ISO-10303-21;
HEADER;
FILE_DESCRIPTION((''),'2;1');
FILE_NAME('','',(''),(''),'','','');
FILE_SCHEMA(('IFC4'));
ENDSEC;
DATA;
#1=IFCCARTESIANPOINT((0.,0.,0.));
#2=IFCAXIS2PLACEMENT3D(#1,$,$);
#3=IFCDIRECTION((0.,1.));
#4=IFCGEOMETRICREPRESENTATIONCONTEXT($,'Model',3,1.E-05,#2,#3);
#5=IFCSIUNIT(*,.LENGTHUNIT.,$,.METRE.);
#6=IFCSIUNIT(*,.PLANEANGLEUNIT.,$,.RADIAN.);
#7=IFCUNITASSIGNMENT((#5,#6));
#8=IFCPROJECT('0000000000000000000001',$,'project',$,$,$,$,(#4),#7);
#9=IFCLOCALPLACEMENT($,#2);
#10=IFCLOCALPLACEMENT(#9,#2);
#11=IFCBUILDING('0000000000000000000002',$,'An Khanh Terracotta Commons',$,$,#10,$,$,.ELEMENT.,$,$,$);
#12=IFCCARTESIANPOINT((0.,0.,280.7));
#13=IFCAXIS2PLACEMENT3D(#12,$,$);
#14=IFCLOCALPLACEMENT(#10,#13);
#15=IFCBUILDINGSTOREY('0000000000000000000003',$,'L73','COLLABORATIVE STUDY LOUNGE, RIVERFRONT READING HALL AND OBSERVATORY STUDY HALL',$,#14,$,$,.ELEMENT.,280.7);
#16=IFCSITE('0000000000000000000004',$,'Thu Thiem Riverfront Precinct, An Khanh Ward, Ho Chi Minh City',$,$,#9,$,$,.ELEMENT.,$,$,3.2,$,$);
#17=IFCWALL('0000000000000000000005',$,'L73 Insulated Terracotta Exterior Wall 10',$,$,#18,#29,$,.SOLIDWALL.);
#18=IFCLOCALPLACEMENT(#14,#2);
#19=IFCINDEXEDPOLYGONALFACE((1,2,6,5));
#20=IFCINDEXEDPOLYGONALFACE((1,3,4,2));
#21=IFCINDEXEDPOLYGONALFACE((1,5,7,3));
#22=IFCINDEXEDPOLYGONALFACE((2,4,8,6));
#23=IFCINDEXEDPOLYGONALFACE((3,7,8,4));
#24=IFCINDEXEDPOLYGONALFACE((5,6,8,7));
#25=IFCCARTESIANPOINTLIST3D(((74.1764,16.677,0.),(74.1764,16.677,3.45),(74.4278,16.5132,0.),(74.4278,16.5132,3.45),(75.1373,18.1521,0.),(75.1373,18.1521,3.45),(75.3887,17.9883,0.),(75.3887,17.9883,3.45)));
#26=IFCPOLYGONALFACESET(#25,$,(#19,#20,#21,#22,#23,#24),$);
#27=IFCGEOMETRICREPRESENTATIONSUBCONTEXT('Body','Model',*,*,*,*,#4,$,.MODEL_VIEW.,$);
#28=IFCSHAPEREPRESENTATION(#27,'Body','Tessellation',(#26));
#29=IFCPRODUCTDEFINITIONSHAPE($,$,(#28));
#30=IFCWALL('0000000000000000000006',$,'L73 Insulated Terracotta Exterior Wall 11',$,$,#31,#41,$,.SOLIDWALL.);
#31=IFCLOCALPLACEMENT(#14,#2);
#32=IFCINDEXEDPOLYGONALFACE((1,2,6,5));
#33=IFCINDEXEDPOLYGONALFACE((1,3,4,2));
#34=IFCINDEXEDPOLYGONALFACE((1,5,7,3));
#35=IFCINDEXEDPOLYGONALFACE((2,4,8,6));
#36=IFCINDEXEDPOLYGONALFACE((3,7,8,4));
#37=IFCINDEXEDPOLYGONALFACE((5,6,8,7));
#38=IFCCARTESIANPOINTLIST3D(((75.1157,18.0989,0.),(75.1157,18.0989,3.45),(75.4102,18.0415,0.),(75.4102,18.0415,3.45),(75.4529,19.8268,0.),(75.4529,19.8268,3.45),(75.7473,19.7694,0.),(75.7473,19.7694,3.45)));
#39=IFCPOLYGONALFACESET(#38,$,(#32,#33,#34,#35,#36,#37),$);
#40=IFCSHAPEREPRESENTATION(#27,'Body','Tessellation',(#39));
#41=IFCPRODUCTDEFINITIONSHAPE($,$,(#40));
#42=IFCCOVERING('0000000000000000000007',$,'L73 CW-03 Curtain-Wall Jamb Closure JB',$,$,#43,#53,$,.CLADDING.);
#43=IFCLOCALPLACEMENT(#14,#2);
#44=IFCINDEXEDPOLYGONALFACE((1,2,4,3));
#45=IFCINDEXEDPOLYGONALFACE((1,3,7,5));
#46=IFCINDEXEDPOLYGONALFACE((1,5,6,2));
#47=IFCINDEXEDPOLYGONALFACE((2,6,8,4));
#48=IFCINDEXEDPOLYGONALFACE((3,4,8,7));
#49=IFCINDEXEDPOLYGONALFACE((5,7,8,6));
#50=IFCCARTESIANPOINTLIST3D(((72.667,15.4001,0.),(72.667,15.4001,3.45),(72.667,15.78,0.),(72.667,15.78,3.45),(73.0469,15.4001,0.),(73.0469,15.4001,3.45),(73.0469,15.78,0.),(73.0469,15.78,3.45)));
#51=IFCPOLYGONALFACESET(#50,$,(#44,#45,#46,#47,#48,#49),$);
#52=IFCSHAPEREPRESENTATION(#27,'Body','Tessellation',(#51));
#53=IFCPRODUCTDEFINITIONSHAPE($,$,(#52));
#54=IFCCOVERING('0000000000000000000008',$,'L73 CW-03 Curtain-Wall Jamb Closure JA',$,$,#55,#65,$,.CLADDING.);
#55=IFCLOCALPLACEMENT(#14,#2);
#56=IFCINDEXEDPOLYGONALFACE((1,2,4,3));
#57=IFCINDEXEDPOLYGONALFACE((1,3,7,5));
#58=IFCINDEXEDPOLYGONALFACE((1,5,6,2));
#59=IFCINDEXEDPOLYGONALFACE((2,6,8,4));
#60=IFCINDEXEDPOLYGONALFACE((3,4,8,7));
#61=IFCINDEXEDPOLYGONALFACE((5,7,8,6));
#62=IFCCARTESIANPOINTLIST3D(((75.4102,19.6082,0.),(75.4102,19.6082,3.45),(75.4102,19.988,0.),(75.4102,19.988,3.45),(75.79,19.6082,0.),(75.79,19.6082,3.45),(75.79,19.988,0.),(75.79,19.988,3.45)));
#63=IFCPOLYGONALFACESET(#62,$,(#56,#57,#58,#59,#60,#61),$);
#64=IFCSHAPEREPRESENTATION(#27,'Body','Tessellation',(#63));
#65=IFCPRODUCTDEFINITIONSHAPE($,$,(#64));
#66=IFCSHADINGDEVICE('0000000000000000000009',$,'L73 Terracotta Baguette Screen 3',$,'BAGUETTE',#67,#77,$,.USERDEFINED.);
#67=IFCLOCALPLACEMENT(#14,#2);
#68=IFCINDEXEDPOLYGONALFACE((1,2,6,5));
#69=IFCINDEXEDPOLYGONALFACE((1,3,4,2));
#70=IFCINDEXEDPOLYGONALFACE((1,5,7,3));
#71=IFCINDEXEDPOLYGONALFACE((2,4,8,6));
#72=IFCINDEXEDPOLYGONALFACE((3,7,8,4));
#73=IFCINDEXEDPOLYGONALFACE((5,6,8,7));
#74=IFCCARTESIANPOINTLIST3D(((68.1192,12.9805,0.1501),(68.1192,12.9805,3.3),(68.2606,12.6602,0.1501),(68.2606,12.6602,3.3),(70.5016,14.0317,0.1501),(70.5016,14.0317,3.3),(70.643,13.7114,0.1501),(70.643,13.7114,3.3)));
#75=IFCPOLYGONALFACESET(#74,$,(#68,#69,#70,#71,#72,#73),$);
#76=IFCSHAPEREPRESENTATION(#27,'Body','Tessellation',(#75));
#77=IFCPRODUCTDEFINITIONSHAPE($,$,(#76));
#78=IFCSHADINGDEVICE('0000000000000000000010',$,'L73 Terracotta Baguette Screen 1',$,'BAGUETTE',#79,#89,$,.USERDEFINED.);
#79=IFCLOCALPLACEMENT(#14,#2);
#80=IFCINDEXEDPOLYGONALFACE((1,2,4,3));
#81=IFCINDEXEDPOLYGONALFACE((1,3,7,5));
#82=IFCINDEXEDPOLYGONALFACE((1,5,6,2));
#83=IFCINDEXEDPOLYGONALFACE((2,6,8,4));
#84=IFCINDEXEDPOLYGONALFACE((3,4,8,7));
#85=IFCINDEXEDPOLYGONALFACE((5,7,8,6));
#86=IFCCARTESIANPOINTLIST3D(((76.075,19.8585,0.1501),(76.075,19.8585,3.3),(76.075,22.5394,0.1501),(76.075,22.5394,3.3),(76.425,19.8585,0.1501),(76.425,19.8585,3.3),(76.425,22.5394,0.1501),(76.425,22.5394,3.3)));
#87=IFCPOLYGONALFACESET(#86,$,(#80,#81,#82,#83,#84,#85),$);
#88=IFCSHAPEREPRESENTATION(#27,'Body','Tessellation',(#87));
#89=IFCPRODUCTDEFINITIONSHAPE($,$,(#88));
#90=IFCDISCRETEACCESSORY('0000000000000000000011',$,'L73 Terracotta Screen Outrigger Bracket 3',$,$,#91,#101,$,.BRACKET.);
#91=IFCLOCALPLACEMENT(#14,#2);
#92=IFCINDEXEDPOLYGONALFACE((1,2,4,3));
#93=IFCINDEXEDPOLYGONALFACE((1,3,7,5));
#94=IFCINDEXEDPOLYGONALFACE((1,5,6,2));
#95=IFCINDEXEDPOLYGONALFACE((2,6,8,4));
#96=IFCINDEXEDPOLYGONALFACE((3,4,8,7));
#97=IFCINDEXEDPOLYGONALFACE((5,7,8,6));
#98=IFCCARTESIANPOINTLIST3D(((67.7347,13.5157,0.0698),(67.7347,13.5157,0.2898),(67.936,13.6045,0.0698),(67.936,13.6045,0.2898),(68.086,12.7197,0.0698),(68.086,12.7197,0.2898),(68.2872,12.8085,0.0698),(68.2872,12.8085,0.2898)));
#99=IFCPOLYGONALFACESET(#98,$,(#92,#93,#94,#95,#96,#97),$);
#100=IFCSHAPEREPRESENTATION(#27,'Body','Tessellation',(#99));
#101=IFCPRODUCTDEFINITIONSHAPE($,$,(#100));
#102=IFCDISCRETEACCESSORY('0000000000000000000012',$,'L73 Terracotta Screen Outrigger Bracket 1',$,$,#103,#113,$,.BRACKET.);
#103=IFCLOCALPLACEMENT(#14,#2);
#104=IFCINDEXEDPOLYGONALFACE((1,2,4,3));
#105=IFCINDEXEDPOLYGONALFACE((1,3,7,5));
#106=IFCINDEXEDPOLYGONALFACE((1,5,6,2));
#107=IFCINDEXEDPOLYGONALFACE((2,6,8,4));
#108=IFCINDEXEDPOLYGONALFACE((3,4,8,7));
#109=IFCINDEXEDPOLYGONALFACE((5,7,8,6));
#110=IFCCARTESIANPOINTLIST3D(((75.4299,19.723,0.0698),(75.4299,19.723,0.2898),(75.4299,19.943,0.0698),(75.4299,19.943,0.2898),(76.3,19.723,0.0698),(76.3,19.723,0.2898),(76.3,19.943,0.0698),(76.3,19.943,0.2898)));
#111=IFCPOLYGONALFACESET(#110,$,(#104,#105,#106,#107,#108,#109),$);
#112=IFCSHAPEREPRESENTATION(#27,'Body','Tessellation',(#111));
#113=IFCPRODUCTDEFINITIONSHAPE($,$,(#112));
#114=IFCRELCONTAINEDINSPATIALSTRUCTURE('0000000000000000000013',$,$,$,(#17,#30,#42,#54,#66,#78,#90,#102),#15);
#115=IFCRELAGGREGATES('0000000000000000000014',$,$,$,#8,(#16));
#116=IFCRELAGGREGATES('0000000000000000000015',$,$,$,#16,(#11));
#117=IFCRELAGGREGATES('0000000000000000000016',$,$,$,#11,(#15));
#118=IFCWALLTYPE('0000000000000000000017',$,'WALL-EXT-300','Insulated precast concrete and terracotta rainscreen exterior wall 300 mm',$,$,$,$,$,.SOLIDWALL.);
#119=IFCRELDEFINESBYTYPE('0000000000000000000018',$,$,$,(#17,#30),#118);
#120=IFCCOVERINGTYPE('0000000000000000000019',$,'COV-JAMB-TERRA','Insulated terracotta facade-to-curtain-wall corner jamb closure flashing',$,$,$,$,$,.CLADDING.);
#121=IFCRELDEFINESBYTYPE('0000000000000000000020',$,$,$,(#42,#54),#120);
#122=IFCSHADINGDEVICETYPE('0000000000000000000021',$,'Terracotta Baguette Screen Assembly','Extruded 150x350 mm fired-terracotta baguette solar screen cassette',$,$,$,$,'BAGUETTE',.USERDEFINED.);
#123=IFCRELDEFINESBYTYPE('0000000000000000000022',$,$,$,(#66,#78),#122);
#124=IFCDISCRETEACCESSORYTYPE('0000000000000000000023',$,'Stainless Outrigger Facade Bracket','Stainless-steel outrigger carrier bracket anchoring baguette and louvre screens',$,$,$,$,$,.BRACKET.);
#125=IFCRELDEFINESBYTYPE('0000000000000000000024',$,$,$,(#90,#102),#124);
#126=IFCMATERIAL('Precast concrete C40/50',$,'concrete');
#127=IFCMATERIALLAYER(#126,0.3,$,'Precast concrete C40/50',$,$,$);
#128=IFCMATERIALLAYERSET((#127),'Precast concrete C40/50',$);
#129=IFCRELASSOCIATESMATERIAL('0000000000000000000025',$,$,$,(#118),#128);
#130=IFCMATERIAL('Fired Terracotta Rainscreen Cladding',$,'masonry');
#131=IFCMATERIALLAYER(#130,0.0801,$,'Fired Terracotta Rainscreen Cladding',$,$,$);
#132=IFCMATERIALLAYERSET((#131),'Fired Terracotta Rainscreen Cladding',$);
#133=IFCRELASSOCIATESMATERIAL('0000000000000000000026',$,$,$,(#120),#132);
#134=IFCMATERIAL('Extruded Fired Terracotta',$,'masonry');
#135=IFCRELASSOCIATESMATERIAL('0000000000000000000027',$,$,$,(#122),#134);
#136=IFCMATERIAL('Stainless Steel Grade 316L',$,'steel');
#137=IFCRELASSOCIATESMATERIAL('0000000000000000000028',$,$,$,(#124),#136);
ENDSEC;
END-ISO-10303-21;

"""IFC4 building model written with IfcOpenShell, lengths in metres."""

from ifc_helpers import new_model, si_unit, direction, frame, frame_2d, origin, origin_2d, place, context, subcontext, project, spatial, rectangle, extrude, material, layer, layer_set, type_object, element, save


model = new_model("IFC4")

# Units and contexts
model_context = context("Model", 3, precision=1e-05, world=origin(), true_north=direction((0.0, 1.0)))
body_context = subcontext(model_context, "Body", "Model", "MODEL_VIEW")
ifc_project = project(units=[si_unit("LENGTHUNIT", "METRE"), si_unit("PLANEANGLEUNIT", "RADIAN")], contexts=[model_context])

# Site, building, storey
site_placement = place(None, origin())
site = spatial("IfcSite", under=ifc_project, at=site_placement, Name="Thu Thiem Riverfront Precinct, An Khanh Ward, Ho Chi Minh City", CompositionType="ELEMENT", RefElevation=3.2)
building_placement = place(site_placement, origin())
building = spatial("IfcBuilding", under=site, at=building_placement, Name="An Khanh Terracotta Commons", CompositionType="ELEMENT")
storey_placement = place(building_placement, frame((0.0, 0.0, 280.7)))
storey = spatial("IfcBuildingStorey", under=building, at=storey_placement, Name="L73", Description="COLLABORATIVE STUDY LOUNGE, RIVERFRONT READING HALL AND OBSERVATORY STUDY HALL", CompositionType="ELEMENT", Elevation=280.7)

# Walls
ifc_material_1 = material(Name="Precast concrete C40/50", Category="concrete")
ifc_layer_1 = layer(ifc_material_1, 0.3, Name="Precast concrete C40/50")
ifc_layer_set_1 = layer_set([ifc_layer_1], Name="Precast concrete C40/50")
wall_type_1 = type_object("IfcWallType", Name="WALL-EXT-300", Description="Insulated precast concrete and terracotta rainscreen exterior wall 300 mm", PredefinedType="SOLIDWALL", material=ifc_layer_set_1)
for number, where, z_axis, x_axis, name in (
    (1, (74.302, 16.595, 0.0), (0.0, 0.0, 1.0), (0.545836, 0.837892, 0.0), "L73 Insulated Terracotta Exterior Wall 10"),
    (2, (75.2629, 18.0701, 0.0), (0.0, 0.0, 1.0), (0.191501, 0.981492, 0.0), "L73 Insulated Terracotta Exterior Wall 11"),
):
    element("IfcWall", number, at=place(storey_placement, frame(where, z_axis=z_axis, x_axis=x_axis)), inside=storey, type_object=wall_type_1, Name=name, PredefinedType="SOLIDWALL", context=body_context, shape_type="SweptSolid", body=[
        extrude(rectangle(XDim=1.7605, YDim=0.3, at=frame_2d((0.8804, 0.0))), origin(), (0.0, 0.0, 1.0), 3.45),
    ])

# Coverings
ifc_material_2 = material(Name="Fired Terracotta Rainscreen Cladding", Category="masonry")
ifc_layer_2 = layer(ifc_material_2, 0.0801, Name="Fired Terracotta Rainscreen Cladding")
ifc_layer_set_2 = layer_set([ifc_layer_2], Name="Fired Terracotta Rainscreen Cladding")
covering_type = type_object("IfcCoveringType", Name="COV-JAMB-TERRA", Description="Insulated terracotta facade-to-curtain-wall corner jamb closure flashing", PredefinedType="CLADDING", material=ifc_layer_set_2)
for number, where, z_axis, x_axis, name in (
    (3, (72.8569, 15.5901, 0.0), (0.0, 0.0, 1.0), (1.0, 0.0, 0.0), "L73 CW-03 Curtain-Wall Jamb Closure JB"),
    (4, (75.6001, 19.7981, 0.0), (0.0, 0.0, 1.0), (1.0, 0.0, 0.0), "L73 CW-03 Curtain-Wall Jamb Closure JA"),
):
    element("IfcCovering", number, at=place(storey_placement, frame(where, z_axis=z_axis, x_axis=x_axis)), inside=storey, type_object=covering_type, Name=name, PredefinedType="CLADDING", context=body_context, shape_type="SweptSolid", body=[
        extrude(rectangle(XDim=0.3799, YDim=0.3799, at=origin_2d()), origin(), (0.0, 0.0, 1.0), 3.45),
    ])

# Shading devices
ifc_material_3 = material(Name="Extruded Fired Terracotta", Category="masonry")
shading_device_type = type_object("IfcShadingDeviceType", Name="Terracotta Baguette Screen Assembly", Description="Extruded 150x350 mm fired-terracotta baguette solar screen cassette", ElementType="BAGUETTE", PredefinedType="USERDEFINED", material=ifc_material_3)
shading_device_1_placement = place(storey_placement, frame((69.3811, 13.3459, 0.1501), z_axis=(0.0, 0.0, 1.0), x_axis=(0.914902, 0.403676, 0.0)))
element("IfcShadingDevice", 5, at=shading_device_1_placement, inside=storey, type_object=shading_device_type, Name="L73 Terracotta Baguette Screen 3", ObjectType="BAGUETTE", PredefinedType="USERDEFINED", context=body_context, shape_type="SweptSolid", body=[
    extrude(rectangle(XDim=2.604, YDim=0.3501, at=origin_2d()), origin(), (0.0, 0.0, 1.0), 3.1499),
])
shading_device_2_placement = place(storey_placement, frame((76.25, 21.199, 0.1501), z_axis=(0.0, 0.0, 1.0), x_axis=(0.0, 1.0, 0.0)))
element("IfcShadingDevice", 6, at=shading_device_2_placement, inside=storey, type_object=shading_device_type, Name="L73 Terracotta Baguette Screen 1", ObjectType="BAGUETTE", PredefinedType="USERDEFINED", context=body_context, shape_type="SweptSolid", body=[
    extrude(rectangle(XDim=2.6809, YDim=0.3501, at=origin_2d()), origin(), (0.0, 0.0, 1.0), 3.1499),
])

# Discrete accessories
ifc_material_4 = material(Name="Stainless Steel Grade 316L", Category="steel")
discrete_accessory_type = type_object("IfcDiscreteAccessoryType", Name="Stainless Outrigger Facade Bracket", Description="Stainless-steel outrigger carrier bracket anchoring baguette and louvre screens", PredefinedType="BRACKET", material=ifc_material_4)
for number, where, z_axis, x_axis, name in (
    (7, (68.011, 13.1621, 0.0698), (0.0, 0.0, 1.0), (0.914902, 0.403676, 0.0), "L73 Terracotta Screen Outrigger Bracket 3"),
    (8, (75.865, 19.833, 0.0698), (0.0, 0.0, 1.0), (0.0, 1.0, 0.0), "L73 Terracotta Screen Outrigger Bracket 1"),
):
    element("IfcDiscreteAccessory", number, at=place(storey_placement, frame(where, z_axis=z_axis, x_axis=x_axis)), inside=storey, type_object=discrete_accessory_type, Name=name, PredefinedType="BRACKET", context=body_context, shape_type="SweptSolid", body=[
        extrude(rectangle(XDim=0.22, YDim=0.8701, at=origin_2d()), origin(), (0.0, 0.0, 1.0), 0.22),
    ])

save(model, "model.ifc")
